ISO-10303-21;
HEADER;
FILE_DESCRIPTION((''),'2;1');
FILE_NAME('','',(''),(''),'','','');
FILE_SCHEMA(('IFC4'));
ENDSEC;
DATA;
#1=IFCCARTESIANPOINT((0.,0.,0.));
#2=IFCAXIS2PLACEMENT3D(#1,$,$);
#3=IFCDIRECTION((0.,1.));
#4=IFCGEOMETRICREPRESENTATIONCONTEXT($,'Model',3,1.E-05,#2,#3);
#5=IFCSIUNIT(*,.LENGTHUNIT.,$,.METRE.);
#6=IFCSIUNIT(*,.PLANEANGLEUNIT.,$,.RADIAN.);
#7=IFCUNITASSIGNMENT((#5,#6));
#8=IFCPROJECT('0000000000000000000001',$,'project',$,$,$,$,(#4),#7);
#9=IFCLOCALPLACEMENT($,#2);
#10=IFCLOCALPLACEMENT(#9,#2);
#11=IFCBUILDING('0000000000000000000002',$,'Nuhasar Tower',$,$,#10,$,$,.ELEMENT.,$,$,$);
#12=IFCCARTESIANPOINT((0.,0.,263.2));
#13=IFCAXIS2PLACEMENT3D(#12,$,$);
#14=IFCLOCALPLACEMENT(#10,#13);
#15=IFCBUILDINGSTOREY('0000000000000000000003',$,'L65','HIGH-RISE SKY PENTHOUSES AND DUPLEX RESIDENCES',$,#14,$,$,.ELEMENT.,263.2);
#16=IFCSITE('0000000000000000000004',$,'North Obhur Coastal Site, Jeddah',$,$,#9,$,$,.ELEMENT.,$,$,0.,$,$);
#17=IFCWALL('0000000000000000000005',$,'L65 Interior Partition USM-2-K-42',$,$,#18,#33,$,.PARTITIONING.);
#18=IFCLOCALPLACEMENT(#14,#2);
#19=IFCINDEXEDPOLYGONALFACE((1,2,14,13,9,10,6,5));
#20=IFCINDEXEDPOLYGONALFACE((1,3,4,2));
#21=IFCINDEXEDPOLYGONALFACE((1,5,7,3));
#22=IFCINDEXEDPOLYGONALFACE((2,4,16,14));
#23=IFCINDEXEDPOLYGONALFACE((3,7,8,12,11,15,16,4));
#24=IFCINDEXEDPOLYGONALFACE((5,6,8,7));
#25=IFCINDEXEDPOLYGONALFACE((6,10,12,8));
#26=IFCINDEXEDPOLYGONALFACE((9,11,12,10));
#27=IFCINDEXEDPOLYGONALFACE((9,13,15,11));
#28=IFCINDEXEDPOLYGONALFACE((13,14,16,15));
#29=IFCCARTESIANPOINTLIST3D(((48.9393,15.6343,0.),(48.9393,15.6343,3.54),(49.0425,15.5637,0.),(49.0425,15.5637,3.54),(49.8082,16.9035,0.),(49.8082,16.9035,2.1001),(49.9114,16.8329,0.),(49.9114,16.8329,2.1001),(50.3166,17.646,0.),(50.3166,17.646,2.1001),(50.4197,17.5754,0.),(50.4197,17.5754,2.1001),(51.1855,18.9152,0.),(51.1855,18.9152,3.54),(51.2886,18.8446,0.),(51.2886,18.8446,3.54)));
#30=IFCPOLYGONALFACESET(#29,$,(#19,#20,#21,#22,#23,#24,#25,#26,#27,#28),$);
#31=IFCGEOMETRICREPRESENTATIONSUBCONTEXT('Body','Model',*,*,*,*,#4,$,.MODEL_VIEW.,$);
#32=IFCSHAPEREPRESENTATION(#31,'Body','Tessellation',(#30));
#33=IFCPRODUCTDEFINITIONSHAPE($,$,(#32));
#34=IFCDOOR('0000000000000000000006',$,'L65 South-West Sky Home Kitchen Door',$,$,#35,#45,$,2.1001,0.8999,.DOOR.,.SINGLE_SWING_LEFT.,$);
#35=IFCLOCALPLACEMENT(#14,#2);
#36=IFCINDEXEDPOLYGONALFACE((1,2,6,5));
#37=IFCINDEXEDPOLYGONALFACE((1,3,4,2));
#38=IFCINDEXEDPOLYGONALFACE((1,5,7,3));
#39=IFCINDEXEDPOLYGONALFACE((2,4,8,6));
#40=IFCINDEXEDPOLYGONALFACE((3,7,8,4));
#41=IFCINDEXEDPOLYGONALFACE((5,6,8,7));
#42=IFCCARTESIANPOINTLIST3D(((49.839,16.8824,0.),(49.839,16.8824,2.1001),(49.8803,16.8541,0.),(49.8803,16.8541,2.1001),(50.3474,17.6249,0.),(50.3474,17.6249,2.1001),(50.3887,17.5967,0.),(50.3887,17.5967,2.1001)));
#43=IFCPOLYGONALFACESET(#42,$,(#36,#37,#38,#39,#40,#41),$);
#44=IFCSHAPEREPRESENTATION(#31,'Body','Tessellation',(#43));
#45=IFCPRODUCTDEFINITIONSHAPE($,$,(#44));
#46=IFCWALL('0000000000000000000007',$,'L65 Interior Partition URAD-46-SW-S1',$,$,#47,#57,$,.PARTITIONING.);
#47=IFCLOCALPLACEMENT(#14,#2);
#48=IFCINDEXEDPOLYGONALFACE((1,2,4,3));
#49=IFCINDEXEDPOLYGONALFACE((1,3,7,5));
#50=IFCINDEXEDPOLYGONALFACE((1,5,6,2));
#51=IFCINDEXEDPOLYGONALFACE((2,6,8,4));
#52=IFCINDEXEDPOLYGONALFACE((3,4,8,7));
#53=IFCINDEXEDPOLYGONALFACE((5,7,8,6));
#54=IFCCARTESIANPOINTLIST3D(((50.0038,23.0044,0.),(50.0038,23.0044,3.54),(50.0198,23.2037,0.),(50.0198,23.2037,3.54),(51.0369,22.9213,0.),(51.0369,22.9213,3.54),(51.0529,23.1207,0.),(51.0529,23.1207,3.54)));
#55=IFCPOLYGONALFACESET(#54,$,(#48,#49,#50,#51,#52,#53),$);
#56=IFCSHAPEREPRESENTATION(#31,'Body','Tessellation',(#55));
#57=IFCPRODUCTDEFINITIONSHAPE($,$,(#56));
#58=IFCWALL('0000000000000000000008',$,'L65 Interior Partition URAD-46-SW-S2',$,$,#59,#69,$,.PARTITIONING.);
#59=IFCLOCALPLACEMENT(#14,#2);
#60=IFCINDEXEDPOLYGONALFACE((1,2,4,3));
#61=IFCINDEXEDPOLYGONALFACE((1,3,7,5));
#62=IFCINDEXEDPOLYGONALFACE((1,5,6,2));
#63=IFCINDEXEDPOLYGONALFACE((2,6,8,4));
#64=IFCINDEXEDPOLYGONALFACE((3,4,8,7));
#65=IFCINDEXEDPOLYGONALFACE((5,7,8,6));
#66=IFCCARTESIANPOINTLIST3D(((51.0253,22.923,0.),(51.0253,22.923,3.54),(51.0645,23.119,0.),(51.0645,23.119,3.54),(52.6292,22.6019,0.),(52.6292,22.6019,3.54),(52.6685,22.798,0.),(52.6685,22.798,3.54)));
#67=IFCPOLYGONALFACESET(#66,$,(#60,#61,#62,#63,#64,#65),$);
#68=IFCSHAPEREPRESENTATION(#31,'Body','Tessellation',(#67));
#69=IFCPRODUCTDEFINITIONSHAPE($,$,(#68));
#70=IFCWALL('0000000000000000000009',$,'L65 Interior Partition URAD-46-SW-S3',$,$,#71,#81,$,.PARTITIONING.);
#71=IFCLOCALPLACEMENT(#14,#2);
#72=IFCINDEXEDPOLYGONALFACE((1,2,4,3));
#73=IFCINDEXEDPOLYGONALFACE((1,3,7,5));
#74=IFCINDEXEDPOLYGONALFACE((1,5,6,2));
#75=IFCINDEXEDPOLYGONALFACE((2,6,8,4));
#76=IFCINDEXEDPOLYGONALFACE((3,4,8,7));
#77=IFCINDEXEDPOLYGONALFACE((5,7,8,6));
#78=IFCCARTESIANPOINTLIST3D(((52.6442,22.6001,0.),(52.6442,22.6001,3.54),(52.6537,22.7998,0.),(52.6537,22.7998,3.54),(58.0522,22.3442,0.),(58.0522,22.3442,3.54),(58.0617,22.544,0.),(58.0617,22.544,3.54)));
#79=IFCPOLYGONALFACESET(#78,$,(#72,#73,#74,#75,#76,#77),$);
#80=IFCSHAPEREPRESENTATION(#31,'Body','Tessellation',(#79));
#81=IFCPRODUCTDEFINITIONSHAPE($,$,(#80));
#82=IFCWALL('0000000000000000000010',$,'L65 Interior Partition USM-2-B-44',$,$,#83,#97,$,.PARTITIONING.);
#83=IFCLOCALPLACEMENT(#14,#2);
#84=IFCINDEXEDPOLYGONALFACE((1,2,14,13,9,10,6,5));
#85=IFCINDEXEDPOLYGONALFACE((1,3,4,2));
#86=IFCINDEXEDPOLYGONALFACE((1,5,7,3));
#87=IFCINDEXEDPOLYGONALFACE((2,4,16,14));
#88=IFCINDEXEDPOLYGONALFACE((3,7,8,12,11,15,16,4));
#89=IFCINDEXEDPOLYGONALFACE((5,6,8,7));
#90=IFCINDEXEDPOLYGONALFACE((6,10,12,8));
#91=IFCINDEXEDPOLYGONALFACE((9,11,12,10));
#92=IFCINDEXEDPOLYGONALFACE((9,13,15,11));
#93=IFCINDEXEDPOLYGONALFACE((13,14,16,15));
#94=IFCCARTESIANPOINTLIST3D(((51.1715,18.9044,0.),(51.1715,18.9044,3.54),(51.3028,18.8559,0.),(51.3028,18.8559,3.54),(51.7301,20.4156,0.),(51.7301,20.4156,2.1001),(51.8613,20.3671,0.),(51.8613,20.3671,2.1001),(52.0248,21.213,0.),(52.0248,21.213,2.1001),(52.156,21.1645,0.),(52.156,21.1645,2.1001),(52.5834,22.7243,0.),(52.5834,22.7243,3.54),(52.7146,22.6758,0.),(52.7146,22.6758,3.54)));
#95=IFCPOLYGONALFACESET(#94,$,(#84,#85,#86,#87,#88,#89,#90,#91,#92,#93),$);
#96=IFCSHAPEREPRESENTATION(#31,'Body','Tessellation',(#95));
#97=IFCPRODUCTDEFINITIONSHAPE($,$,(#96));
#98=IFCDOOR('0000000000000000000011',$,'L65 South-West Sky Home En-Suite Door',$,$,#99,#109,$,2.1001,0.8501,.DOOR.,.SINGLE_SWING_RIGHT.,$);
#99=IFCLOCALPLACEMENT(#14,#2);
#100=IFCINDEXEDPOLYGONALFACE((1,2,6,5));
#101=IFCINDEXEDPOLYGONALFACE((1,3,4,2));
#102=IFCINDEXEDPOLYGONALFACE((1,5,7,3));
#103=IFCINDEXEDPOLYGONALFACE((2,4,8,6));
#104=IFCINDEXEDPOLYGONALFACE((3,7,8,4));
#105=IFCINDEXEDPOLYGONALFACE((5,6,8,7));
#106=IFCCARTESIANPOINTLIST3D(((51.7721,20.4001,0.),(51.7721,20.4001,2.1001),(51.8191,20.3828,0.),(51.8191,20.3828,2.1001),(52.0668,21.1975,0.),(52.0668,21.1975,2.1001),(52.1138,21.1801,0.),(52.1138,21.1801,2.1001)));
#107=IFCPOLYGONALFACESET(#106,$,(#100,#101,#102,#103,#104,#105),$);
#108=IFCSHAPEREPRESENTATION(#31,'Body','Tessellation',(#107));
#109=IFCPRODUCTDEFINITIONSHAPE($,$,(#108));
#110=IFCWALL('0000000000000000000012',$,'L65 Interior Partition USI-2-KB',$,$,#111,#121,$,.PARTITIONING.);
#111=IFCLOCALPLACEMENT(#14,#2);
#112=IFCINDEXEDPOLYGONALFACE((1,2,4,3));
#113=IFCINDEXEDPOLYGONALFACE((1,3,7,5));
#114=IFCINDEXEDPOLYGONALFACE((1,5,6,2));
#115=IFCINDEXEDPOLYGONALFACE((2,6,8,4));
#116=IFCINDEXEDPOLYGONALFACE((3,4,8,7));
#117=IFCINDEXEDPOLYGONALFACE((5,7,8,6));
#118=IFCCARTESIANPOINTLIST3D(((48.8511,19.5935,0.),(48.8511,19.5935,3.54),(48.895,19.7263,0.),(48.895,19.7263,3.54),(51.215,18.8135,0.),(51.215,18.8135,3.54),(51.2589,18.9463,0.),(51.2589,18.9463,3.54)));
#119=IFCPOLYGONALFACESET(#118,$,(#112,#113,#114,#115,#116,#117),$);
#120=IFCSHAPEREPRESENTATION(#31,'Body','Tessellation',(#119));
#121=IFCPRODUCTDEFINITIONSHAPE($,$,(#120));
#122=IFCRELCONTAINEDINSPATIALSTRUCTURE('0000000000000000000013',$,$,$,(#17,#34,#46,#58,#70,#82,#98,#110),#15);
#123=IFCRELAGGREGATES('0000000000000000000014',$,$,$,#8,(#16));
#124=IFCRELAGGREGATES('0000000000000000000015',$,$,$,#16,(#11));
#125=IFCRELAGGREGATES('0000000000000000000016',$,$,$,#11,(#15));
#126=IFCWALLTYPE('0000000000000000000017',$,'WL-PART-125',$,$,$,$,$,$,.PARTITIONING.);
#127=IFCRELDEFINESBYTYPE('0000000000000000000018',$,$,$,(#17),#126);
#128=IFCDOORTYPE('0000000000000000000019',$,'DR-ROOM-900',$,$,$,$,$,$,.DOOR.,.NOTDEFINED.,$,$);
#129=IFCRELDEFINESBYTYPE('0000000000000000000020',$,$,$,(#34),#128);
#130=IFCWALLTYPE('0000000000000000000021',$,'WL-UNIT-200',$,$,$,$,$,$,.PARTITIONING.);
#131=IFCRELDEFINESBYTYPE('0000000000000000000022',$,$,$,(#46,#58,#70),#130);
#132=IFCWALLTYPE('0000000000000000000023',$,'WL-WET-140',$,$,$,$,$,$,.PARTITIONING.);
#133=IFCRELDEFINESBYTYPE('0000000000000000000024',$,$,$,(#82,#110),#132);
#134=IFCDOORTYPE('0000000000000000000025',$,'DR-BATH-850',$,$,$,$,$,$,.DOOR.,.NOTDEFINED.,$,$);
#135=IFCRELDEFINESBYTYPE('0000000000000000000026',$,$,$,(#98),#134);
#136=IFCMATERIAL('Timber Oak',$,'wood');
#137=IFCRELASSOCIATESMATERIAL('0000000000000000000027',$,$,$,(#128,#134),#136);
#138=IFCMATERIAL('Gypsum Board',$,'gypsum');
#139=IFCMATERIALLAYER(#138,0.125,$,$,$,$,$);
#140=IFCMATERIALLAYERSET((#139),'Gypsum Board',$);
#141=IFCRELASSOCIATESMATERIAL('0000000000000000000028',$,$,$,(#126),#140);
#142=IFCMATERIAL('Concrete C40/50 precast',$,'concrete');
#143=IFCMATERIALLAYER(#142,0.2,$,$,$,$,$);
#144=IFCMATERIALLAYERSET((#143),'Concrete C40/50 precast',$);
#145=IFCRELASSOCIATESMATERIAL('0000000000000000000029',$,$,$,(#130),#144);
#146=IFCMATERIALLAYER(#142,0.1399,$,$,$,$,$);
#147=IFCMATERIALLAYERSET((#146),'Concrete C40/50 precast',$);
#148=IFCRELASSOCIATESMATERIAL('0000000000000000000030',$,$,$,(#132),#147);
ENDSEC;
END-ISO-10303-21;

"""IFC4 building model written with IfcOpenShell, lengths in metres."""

from ifc_helpers import new_model, si_unit, direction, frame, frame_2d, origin, place, context, subcontext, project, spatial, rectangle, extrude, material, layer, layer_set, type_object, element, fill, save


model = new_model("IFC4")

# Units and contexts
model_context = context("Model", 3, precision=1e-05, world=origin(), true_north=direction((0.0, 1.0)))
body_context = subcontext(model_context, "Body", "Model", "MODEL_VIEW")
ifc_project = project(units=[si_unit("LENGTHUNIT", "METRE"), si_unit("PLANEANGLEUNIT", "RADIAN")], contexts=[model_context])

# Site, building, storey
site_placement = place(None, origin())
site = spatial("IfcSite", under=ifc_project, at=site_placement, Name="North Obhur Coastal Site, Jeddah", CompositionType="ELEMENT", RefElevation=0.0)
building_placement = place(site_placement, origin())
building = spatial("IfcBuilding", under=site, at=building_placement, Name="Nuhasar Tower", CompositionType="ELEMENT")
storey_placement = place(building_placement, frame((0.0, 0.0, 263.2)))
storey = spatial("IfcBuildingStorey", under=building, at=storey_placement, Name="L65", Description="HIGH-RISE SKY PENTHOUSES AND DUPLEX RESIDENCES", CompositionType="ELEMENT", Elevation=263.2)

# Shared definitions
ifc_material_1 = material(Name="Gypsum Board", Category="gypsum")

# Shared definitions
ifc_material_2 = material(Name="Timber Oak", Category="wood")
door_type_1 = type_object("IfcDoorType", Name="DR-ROOM-900", OperationType="NOTDEFINED", PredefinedType="DOOR", material=ifc_material_2)

# Wall, opening, door
ifc_layer_1 = layer(ifc_material_1, 0.125)
ifc_layer_set_1 = layer_set([ifc_layer_1], Name="Gypsum Board")
wall_type_1 = type_object("IfcWallType", Name="WL-PART-125", PredefinedType="PARTITIONING", material=ifc_layer_set_1)
wall_1_placement = place(storey_placement, frame((51.2371, 18.8799, 0.0), z_axis=(0.0, 0.0, 1.0), x_axis=(-0.564917, -0.825148, 0.0)))
wall_1 = element("IfcWall", 1, at=wall_1_placement, inside=storey, type_object=wall_type_1, Name="L65 Interior Partition USM-2-K-42", PredefinedType="PARTITIONING", context=body_context, shape_type="SweptSolid", body=[
    extrude(rectangle(XDim=3.9761, YDim=0.125, at=frame_2d((1.988, 0.0))), origin(), (0.0, 0.0, 1.0), 3.54),
])
opening_1_placement = place(wall_1_placement, frame((1.5381, 0.0, 0.0)))
opening_1 = element("IfcOpeningElement", 2, at=opening_1_placement, cuts=wall_1, PredefinedType="OPENING", context=body_context, shape_type="SweptSolid", body=[
    extrude(rectangle(XDim=0.8999, YDim=2.1001, at=frame_2d((0.45, 1.05))), frame((0.0, 0.0725, 0.0), z_axis=(0.0, -1.0, 0.0), x_axis=(1.0, 0.0, 0.0)), (0.0, 0.0, 1.0), 0.145),
])
door_1_placement = place(opening_1_placement, origin())
door_1 = element("IfcDoor", 3, at=door_1_placement, inside=storey, type_object=door_type_1, Name="L65 South-West Sky Home Kitchen Door", OperationType="SINGLE_SWING_LEFT", OverallHeight=2.1001, OverallWidth=0.8999, PredefinedType="DOOR", context=body_context, shape_type="SweptSolid", body=[
    extrude(rectangle(XDim=0.8999, YDim=2.1001, at=frame_2d((0.45, 1.05))), frame((0.0, 0.0249, 0.0), z_axis=(0.0, -1.0, 0.0), x_axis=(1.0, 0.0, 0.0)), (0.0, 0.0, 1.0), 0.05),
])
fill(opening_1, door_1)

# Walls
ifc_material_3 = material(Name="Concrete C40/50 precast", Category="concrete")
ifc_layer_2 = layer(ifc_material_3, 0.2)
ifc_layer_set_2 = layer_set([ifc_layer_2], Name="Concrete C40/50 precast")
wall_type_2 = type_object("IfcWallType", Name="WL-UNIT-200", PredefinedType="PARTITIONING", material=ifc_layer_set_2)
wall_2_placement = place(storey_placement, frame((50.012, 23.104, 0.0), z_axis=(0.0, 0.0, 1.0), x_axis=(0.996787, -0.080101, 0.0)))
element("IfcWall", 4, at=wall_2_placement, inside=storey, type_object=wall_type_2, Name="L65 Interior Partition URAD-46-SW-S1", PredefinedType="PARTITIONING", context=body_context, shape_type="SweptSolid", body=[
    extrude(rectangle(XDim=1.0364, YDim=0.2, at=frame_2d((0.5181, 0.0))), origin(), (0.0, 0.0, 1.0), 3.54),
])
wall_3_placement = place(storey_placement, frame((51.0449, 23.021, 0.0), z_axis=(0.0, 0.0, 1.0), x_axis=(0.980552, -0.19626, 0.0)))
element("IfcWall", 5, at=wall_3_placement, inside=storey, type_object=wall_type_2, Name="L65 Interior Partition URAD-46-SW-S2", PredefinedType="PARTITIONING", context=body_context, shape_type="SweptSolid", body=[
    extrude(rectangle(XDim=1.6357, YDim=0.2, at=frame_2d((0.8179, 0.0))), origin(), (0.0, 0.0, 1.0), 3.54),
])
wall_4_placement = place(storey_placement, frame((52.6489, 22.7, 0.0), z_axis=(0.0, 0.0, 1.0), x_axis=(0.998883, -0.047259, 0.0)))
element("IfcWall", 6, at=wall_4_placement, inside=storey, type_object=wall_type_2, Name="L65 Interior Partition URAD-46-SW-S3", PredefinedType="PARTITIONING", context=body_context, shape_type="SweptSolid", body=[
    extrude(rectangle(XDim=5.4141, YDim=0.2, at=frame_2d((2.707, 0.0))), origin(), (0.0, 0.0, 1.0), 3.54),
])

# Wall, opening, door
ifc_layer_3 = layer(ifc_material_3, 0.1399)
ifc_layer_set_3 = layer_set([ifc_layer_3], Name="Concrete C40/50 precast")
wall_type_3 = type_object("IfcWallType", Name="WL-WET-140", PredefinedType="PARTITIONING", material=ifc_layer_set_3)
wall_5_placement = place(storey_placement, frame((52.6489, 22.7, 0.0), z_axis=(0.0, 0.0, 1.0), x_axis=(-0.346672, -0.937986, 0.0)))
wall_5 = element("IfcWall", 7, at=wall_5_placement, inside=storey, type_object=wall_type_3, Name="L65 Interior Partition USM-2-B-44", PredefinedType="PARTITIONING", context=body_context, shape_type="SweptSolid", body=[
    extrude(rectangle(XDim=4.0725, YDim=0.1399, at=frame_2d((2.0361, 0.0))), origin(), (0.0, 0.0, 1.0), 3.54),
])
opening_2_placement = place(wall_5_placement, frame((1.6111, 0.0, 0.0)))
opening_2 = element("IfcOpeningElement", 8, at=opening_2_placement, cuts=wall_5, PredefinedType="OPENING", context=body_context, shape_type="SweptSolid", body=[
    extrude(rectangle(XDim=0.8501, YDim=2.1001, at=frame_2d((0.425, 1.05))), frame((0.0, 0.0801, 0.0), z_axis=(0.0, -1.0, 0.0), x_axis=(1.0, 0.0, 0.0)), (0.0, 0.0, 1.0), 0.1599),
])
door_type_2 = type_object("IfcDoorType", Name="DR-BATH-850", OperationType="NOTDEFINED", PredefinedType="DOOR", material=ifc_material_2)
door_2_placement = place(opening_2_placement, origin())
door_2 = element("IfcDoor", 9, at=door_2_placement, inside=storey, type_object=door_type_2, Name="L65 South-West Sky Home En-Suite Door", OperationType="SINGLE_SWING_RIGHT", OverallHeight=2.1001, OverallWidth=0.8501, PredefinedType="DOOR", context=body_context, shape_type="SweptSolid", body=[
    extrude(rectangle(XDim=0.8501, YDim=2.1001, at=frame_2d((0.425, 1.05))), frame((0.0, 0.0249, 0.0), z_axis=(0.0, -1.0, 0.0), x_axis=(1.0, 0.0, 0.0)), (0.0, 0.0, 1.0), 0.05),
])
fill(opening_2, door_2)

# Wall
wall_6_placement = place(storey_placement, frame((48.873, 19.6599, 0.0), z_axis=(0.0, 0.0, 1.0), x_axis=(0.94964, -0.313343, 0.0)))
element("IfcWall", 10, at=wall_6_placement, inside=storey, type_object=wall_type_3, Name="L65 Interior Partition USI-2-KB", PredefinedType="PARTITIONING", context=body_context, shape_type="SweptSolid", body=[
    extrude(rectangle(XDim=2.4893, YDim=0.1399, at=frame_2d((1.2446, 0.0))), origin(), (0.0, 0.0, 1.0), 3.54),
])

save(model, "model.ifc")
